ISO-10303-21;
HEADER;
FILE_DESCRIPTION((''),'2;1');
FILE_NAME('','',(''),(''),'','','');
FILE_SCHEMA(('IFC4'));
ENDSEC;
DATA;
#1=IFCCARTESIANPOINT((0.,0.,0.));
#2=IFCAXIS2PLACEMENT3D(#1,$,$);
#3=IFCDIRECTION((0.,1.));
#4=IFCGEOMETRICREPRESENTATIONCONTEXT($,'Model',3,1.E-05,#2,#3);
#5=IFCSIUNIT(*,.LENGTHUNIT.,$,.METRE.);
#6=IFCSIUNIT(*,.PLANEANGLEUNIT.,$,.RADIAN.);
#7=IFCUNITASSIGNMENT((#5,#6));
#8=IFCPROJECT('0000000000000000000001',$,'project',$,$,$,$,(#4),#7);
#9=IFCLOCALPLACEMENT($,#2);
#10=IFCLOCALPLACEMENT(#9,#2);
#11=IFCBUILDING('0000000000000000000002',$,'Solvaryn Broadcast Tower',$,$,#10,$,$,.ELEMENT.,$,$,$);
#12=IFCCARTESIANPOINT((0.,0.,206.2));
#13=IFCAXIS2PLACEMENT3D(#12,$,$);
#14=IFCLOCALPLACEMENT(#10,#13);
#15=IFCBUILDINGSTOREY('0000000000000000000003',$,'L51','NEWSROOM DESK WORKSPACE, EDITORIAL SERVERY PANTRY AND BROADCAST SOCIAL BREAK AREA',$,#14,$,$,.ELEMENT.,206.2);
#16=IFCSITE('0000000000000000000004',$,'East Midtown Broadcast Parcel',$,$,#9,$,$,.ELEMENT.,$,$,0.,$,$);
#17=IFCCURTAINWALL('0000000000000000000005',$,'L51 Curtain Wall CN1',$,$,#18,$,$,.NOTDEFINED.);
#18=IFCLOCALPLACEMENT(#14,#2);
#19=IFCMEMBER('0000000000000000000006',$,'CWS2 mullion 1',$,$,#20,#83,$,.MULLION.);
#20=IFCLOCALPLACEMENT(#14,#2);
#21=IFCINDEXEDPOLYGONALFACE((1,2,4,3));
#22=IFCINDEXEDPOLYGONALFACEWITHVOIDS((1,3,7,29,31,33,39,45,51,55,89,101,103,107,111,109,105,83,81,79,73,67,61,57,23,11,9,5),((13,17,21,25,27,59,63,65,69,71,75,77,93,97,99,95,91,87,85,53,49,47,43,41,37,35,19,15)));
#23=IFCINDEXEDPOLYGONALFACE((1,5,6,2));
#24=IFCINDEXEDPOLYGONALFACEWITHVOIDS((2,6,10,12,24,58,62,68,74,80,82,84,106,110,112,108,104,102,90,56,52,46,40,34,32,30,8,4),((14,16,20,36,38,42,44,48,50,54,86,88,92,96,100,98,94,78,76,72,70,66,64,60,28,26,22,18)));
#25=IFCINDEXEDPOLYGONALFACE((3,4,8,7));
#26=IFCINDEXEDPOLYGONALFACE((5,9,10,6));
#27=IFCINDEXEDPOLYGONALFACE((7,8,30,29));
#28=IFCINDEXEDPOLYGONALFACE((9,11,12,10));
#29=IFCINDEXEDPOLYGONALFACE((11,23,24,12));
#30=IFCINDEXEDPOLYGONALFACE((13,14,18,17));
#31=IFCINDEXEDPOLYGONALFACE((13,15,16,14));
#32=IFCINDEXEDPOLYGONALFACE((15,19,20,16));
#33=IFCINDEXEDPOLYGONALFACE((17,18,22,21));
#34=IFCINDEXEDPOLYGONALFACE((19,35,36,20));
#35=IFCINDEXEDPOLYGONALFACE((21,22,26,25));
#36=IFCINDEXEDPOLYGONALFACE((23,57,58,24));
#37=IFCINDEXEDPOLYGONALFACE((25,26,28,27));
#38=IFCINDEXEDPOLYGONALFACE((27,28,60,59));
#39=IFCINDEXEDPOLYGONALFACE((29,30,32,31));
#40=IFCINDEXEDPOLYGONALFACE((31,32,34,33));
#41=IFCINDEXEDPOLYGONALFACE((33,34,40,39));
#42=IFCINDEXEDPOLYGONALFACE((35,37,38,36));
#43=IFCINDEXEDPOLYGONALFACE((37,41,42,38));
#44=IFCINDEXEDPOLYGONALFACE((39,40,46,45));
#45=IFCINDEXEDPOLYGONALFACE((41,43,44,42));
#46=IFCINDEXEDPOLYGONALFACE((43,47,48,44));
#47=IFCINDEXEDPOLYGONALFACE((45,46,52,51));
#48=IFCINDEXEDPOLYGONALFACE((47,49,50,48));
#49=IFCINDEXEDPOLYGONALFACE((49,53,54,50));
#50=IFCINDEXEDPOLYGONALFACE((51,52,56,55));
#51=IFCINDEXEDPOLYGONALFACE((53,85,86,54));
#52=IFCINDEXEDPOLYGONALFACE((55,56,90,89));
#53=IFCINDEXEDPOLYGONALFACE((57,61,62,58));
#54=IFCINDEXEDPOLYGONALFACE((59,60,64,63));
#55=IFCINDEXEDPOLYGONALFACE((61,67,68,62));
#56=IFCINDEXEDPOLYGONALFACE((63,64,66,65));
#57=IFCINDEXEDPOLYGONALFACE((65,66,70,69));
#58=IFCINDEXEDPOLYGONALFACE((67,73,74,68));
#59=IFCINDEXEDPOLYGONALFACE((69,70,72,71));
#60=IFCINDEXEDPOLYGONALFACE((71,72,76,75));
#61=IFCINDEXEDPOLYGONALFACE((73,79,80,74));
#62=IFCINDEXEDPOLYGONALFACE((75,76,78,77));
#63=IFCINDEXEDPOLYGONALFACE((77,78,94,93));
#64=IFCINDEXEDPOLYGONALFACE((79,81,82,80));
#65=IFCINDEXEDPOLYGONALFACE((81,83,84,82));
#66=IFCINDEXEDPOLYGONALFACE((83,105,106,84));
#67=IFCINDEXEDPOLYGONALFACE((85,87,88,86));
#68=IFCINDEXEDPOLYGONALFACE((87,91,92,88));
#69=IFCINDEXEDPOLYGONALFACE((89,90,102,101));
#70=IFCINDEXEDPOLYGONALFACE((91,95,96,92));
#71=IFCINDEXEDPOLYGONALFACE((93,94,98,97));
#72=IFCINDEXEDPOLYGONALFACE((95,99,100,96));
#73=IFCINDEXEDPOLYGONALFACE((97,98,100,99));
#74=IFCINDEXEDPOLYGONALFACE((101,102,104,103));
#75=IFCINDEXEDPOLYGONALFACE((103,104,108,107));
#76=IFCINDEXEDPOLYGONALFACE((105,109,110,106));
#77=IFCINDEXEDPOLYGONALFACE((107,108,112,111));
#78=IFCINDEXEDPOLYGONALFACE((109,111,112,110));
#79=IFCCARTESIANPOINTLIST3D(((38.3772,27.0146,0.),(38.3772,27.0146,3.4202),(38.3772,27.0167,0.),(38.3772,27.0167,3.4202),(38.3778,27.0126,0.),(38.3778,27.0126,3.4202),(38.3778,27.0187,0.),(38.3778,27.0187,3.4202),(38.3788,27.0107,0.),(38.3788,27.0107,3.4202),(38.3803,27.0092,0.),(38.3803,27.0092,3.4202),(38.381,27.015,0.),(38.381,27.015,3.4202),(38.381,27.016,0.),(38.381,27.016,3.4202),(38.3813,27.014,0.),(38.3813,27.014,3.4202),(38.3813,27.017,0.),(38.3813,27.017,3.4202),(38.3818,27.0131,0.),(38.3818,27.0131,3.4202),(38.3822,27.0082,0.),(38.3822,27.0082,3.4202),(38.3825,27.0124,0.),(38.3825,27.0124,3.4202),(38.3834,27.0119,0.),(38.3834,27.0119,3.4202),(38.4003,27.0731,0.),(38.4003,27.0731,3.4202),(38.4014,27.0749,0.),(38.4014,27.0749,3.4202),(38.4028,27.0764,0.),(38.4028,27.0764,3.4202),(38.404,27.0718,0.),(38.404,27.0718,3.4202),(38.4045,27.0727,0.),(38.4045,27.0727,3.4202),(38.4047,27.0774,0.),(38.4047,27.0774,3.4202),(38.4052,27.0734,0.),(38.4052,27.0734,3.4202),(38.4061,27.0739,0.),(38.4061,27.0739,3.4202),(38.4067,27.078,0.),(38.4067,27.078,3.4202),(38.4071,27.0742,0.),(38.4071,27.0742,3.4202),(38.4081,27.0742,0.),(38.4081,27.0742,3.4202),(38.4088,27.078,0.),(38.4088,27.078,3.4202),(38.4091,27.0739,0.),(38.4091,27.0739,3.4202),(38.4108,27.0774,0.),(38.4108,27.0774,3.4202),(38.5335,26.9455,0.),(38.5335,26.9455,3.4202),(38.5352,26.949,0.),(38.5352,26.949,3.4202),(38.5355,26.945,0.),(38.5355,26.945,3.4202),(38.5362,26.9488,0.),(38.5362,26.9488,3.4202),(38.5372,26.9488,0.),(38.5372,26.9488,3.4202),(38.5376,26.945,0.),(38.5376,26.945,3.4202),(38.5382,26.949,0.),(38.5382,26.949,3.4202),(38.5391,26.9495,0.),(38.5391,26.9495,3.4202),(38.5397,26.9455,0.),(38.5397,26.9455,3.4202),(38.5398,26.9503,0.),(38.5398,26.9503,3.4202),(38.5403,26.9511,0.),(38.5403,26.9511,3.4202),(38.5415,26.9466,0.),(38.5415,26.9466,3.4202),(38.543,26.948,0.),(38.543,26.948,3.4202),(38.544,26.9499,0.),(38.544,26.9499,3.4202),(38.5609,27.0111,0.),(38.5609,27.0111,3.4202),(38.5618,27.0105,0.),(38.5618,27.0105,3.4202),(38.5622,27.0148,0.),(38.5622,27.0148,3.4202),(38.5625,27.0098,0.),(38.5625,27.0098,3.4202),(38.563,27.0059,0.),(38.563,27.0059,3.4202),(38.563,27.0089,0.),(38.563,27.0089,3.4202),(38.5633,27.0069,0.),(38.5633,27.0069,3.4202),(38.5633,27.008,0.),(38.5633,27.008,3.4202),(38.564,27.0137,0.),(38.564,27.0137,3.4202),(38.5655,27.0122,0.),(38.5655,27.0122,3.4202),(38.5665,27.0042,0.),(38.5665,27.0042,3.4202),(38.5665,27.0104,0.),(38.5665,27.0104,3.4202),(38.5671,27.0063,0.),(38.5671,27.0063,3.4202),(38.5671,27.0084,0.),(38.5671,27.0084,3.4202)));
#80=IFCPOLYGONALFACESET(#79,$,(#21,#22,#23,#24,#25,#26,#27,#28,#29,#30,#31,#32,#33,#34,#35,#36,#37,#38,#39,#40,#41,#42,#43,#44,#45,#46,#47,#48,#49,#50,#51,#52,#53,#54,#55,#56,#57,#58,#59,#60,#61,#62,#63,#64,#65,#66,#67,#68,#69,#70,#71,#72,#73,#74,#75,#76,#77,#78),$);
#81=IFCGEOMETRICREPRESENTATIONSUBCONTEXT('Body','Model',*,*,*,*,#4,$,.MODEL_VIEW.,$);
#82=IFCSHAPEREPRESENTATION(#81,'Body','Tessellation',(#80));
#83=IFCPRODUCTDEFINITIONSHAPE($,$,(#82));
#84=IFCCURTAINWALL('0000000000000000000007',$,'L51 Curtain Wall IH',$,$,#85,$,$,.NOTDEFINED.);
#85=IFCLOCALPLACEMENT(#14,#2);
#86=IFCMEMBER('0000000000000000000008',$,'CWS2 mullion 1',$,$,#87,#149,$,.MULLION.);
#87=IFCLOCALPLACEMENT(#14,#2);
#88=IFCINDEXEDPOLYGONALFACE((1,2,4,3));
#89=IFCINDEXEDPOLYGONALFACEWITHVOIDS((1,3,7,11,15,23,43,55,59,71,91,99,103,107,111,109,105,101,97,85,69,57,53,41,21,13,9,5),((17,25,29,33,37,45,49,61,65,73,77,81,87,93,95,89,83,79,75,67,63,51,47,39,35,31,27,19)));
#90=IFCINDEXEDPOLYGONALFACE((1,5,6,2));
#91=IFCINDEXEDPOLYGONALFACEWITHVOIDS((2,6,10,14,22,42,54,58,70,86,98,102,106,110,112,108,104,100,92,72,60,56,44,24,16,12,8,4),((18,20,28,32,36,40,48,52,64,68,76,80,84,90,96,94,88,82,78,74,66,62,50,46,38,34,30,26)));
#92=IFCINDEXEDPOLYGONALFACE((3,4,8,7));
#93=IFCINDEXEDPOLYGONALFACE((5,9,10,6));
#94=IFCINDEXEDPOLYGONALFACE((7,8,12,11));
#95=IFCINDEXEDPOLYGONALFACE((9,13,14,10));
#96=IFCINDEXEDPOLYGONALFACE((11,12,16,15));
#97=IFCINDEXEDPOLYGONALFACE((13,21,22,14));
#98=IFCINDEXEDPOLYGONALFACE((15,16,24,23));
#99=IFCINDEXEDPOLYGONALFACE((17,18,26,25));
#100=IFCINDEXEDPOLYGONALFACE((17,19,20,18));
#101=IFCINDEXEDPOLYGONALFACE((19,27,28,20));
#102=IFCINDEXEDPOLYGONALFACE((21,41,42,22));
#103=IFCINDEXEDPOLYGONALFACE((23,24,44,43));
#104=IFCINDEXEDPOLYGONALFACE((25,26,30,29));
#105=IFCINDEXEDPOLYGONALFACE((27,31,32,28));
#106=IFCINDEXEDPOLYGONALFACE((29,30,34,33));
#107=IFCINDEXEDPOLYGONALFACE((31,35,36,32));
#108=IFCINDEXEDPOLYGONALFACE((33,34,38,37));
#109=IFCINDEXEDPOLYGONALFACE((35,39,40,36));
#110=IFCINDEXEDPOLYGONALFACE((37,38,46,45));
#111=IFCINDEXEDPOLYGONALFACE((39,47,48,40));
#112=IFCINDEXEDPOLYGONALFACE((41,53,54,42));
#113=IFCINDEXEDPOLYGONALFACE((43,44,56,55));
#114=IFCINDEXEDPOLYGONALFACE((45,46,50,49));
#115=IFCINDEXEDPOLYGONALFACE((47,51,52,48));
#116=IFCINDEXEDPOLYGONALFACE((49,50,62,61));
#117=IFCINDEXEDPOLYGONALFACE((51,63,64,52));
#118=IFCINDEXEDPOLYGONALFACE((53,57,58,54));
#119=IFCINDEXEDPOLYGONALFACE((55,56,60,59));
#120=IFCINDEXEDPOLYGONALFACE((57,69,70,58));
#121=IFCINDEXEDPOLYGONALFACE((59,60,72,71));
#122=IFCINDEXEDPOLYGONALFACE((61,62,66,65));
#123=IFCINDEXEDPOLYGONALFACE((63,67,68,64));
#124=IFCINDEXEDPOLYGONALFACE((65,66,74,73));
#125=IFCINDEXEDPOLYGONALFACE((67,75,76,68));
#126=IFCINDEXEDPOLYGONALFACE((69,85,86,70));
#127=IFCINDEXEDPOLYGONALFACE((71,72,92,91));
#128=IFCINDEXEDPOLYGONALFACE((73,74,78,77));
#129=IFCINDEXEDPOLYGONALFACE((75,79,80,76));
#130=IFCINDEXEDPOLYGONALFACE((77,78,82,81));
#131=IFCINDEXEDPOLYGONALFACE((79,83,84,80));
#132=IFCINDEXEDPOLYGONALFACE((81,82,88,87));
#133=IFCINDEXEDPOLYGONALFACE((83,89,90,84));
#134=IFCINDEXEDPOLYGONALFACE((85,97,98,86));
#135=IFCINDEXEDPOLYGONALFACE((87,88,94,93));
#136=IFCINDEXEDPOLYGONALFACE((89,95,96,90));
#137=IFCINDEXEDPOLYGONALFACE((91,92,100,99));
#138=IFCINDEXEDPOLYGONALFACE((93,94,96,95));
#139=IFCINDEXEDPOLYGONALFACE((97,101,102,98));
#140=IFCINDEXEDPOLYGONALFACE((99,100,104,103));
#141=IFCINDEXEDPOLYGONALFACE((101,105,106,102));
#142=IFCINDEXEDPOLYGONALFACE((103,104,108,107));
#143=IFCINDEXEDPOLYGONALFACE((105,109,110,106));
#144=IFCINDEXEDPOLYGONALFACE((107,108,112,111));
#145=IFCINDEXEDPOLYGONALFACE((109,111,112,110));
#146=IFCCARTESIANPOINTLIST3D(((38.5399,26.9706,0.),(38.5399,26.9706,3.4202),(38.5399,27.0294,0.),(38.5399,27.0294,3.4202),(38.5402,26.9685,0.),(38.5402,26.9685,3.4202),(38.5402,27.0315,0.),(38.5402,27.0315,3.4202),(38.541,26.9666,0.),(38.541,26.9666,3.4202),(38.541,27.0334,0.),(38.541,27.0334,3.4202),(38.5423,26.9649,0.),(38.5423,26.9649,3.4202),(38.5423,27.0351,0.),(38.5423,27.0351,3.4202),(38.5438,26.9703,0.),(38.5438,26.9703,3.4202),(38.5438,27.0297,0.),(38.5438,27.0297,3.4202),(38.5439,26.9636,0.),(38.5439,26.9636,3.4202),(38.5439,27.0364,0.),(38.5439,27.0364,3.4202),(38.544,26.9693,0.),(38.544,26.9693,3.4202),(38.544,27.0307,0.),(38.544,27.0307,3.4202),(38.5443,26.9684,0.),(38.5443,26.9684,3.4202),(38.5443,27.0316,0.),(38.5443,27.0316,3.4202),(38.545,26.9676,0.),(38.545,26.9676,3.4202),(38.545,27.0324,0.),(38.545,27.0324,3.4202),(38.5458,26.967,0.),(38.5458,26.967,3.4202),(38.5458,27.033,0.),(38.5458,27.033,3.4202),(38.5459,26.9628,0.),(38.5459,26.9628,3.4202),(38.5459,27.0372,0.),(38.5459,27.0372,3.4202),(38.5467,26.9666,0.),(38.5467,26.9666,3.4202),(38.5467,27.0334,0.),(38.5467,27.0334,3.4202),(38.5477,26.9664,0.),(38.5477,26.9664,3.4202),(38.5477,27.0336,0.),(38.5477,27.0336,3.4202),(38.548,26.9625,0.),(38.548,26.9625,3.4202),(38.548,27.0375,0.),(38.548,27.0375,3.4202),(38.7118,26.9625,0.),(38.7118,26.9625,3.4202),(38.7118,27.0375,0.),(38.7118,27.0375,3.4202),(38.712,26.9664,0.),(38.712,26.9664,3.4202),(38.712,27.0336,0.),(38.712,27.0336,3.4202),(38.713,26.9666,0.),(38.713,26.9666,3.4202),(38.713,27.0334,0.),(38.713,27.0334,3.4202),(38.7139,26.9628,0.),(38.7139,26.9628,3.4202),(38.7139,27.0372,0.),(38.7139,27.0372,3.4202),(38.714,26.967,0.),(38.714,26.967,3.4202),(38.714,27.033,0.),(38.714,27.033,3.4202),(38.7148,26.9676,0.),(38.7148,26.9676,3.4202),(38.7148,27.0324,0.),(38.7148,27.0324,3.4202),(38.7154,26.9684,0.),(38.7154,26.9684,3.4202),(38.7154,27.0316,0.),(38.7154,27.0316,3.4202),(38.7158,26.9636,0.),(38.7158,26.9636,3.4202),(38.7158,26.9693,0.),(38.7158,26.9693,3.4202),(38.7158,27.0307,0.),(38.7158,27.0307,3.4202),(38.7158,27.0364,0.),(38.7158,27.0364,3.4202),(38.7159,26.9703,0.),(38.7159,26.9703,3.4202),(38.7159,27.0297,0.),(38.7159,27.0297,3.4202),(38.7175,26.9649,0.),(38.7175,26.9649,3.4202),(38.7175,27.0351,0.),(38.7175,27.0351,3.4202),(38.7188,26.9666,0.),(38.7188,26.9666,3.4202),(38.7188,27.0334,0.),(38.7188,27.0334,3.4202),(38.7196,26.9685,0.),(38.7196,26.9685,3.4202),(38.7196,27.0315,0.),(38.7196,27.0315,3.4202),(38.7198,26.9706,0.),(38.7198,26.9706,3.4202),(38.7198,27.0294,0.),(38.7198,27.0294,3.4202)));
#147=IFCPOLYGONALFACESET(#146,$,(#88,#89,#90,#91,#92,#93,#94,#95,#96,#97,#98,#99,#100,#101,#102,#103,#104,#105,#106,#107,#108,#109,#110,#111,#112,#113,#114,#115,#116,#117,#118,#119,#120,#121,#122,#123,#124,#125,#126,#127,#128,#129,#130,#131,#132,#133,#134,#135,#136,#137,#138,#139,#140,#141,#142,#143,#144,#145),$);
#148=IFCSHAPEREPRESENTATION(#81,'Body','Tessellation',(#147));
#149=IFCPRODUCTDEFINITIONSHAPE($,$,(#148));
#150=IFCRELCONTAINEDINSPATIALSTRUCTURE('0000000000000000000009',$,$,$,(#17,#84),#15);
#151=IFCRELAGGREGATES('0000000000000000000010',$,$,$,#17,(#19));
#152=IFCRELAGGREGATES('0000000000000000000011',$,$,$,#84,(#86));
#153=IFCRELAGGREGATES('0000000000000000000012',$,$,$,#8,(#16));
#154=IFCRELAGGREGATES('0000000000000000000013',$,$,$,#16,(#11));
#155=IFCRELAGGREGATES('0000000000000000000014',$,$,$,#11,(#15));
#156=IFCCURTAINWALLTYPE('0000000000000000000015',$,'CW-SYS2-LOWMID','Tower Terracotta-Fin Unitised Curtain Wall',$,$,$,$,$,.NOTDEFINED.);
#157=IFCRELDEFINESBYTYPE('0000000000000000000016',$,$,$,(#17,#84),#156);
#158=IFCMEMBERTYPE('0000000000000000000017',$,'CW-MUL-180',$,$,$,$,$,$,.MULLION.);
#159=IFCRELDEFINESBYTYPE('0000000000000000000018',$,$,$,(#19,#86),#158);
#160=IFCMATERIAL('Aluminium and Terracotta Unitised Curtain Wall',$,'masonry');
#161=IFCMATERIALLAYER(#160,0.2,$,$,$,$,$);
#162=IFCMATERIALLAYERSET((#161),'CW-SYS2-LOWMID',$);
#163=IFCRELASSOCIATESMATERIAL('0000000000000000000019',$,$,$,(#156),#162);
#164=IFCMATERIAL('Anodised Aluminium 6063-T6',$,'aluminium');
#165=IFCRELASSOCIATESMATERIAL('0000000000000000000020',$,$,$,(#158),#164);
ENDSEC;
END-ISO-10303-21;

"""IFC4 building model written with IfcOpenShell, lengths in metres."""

from ifc_helpers import new_model, si_unit, direction, frame, origin, origin_2d, place, context, subcontext, project, spatial, hollow_rectangle, extrude, material, layer, layer_set, material_profile, profile_set, type_object, element, aggregate, save


model = new_model("IFC4")

# Units and contexts
model_context = context("Model", 3, precision=1e-05, world=origin(), true_north=direction((0.0, 1.0)))
body_context = subcontext(model_context, "Body", "Model", "MODEL_VIEW")
ifc_project = project(units=[si_unit("LENGTHUNIT", "METRE"), si_unit("PLANEANGLEUNIT", "RADIAN")], contexts=[model_context])

# Site, building, storey
site_placement = place(None, origin())
site = spatial("IfcSite", under=ifc_project, at=site_placement, Name="East Midtown Broadcast Parcel", CompositionType="ELEMENT", RefElevation=0.0)
building_placement = place(site_placement, origin())
building = spatial("IfcBuilding", under=site, at=building_placement, Name="Solvaryn Broadcast Tower", CompositionType="ELEMENT")
storey_placement = place(building_placement, frame((0.0, 0.0, 206.2)))
storey = spatial("IfcBuildingStorey", under=building, at=storey_placement, Name="L51", Description="NEWSROOM DESK WORKSPACE, EDITORIAL SERVERY PANTRY AND BROADCAST SOCIAL BREAK AREA", CompositionType="ELEMENT", Elevation=206.2)

# Curtain walls, members
ifc_material_1 = material(Name="Aluminium and Terracotta Unitised Curtain Wall", Category="masonry")
ifc_layer_1 = layer(ifc_material_1, 0.2)
ifc_layer_set_1 = layer_set([ifc_layer_1], Name="CW-SYS2-LOWMID")
curtain_wall_type = type_object("IfcCurtainWallType", Name="CW-SYS2-LOWMID", Description="Tower Terracotta-Fin Unitised Curtain Wall", PredefinedType="NOTDEFINED", material=ifc_layer_set_1)
curtain_wall_1_placement = place(storey_placement, origin())
curtain_wall_1 = element("IfcCurtainWall", 1, at=curtain_wall_1_placement, inside=storey, type_object=curtain_wall_type, Name="L51 Curtain Wall CN1", PredefinedType="NOTDEFINED")
ifc_material_2 = material(Name="Anodised Aluminium 6063-T6", Category="aluminium")
ifc_material_profile_1 = material_profile(ifc_material_2, hollow_rectangle(XDim=0.075, YDim=0.1799, WallThickness=0.0039, InnerFilletRadius=0.0039, OuterFilletRadius=0.0081, at=origin_2d()))
ifc_profile_set_1 = profile_set([ifc_material_profile_1], Name="Anodised Aluminium 6063-T6")
member_type_1 = type_object("IfcMemberType", Name="CW-MUL-180", PredefinedType="MULLION", material=ifc_profile_set_1)
member_1_placement = place(storey_placement, frame((38.4722, 27.0115, 0.0), z_axis=(0.0, 0.0, 1.0), x_axis=(-0.382646, -0.923895, 0.0)))
member_1 = element("IfcMember", 2, at=member_1_placement, type_object=member_type_1, Name="CWS2 mullion 1", PredefinedType="MULLION", context=body_context, shape_type="SweptSolid", body=[
    extrude(hollow_rectangle(XDim=0.075, YDim=0.1799, WallThickness=0.0039, InnerFilletRadius=0.0039, OuterFilletRadius=0.0081, at=origin_2d()), origin(), (0.0, 0.0, 1.0), 3.4202),
])
curtain_wall_2_placement = place(storey_placement, origin())
curtain_wall_2 = element("IfcCurtainWall", 3, at=curtain_wall_2_placement, inside=storey, type_object=curtain_wall_type, Name="L51 Curtain Wall IH", PredefinedType="NOTDEFINED")
member_2_placement = place(storey_placement, frame((38.6299, 27.0, 0.0), z_axis=(0.0, 0.0, 1.0), x_axis=(0.0, 1.0, 0.0)))
member_2 = element("IfcMember", 4, at=member_2_placement, type_object=member_type_1, Name="CWS2 mullion 1", PredefinedType="MULLION", context=body_context, shape_type="SweptSolid", body=[
    extrude(hollow_rectangle(XDim=0.075, YDim=0.1799, WallThickness=0.0039, InnerFilletRadius=0.0039, OuterFilletRadius=0.0081, at=origin_2d()), origin(), (0.0, 0.0, 1.0), 3.4202),
])

aggregate(curtain_wall_1, [member_1])
aggregate(curtain_wall_2, [member_2])

save(model, "model.ifc")
